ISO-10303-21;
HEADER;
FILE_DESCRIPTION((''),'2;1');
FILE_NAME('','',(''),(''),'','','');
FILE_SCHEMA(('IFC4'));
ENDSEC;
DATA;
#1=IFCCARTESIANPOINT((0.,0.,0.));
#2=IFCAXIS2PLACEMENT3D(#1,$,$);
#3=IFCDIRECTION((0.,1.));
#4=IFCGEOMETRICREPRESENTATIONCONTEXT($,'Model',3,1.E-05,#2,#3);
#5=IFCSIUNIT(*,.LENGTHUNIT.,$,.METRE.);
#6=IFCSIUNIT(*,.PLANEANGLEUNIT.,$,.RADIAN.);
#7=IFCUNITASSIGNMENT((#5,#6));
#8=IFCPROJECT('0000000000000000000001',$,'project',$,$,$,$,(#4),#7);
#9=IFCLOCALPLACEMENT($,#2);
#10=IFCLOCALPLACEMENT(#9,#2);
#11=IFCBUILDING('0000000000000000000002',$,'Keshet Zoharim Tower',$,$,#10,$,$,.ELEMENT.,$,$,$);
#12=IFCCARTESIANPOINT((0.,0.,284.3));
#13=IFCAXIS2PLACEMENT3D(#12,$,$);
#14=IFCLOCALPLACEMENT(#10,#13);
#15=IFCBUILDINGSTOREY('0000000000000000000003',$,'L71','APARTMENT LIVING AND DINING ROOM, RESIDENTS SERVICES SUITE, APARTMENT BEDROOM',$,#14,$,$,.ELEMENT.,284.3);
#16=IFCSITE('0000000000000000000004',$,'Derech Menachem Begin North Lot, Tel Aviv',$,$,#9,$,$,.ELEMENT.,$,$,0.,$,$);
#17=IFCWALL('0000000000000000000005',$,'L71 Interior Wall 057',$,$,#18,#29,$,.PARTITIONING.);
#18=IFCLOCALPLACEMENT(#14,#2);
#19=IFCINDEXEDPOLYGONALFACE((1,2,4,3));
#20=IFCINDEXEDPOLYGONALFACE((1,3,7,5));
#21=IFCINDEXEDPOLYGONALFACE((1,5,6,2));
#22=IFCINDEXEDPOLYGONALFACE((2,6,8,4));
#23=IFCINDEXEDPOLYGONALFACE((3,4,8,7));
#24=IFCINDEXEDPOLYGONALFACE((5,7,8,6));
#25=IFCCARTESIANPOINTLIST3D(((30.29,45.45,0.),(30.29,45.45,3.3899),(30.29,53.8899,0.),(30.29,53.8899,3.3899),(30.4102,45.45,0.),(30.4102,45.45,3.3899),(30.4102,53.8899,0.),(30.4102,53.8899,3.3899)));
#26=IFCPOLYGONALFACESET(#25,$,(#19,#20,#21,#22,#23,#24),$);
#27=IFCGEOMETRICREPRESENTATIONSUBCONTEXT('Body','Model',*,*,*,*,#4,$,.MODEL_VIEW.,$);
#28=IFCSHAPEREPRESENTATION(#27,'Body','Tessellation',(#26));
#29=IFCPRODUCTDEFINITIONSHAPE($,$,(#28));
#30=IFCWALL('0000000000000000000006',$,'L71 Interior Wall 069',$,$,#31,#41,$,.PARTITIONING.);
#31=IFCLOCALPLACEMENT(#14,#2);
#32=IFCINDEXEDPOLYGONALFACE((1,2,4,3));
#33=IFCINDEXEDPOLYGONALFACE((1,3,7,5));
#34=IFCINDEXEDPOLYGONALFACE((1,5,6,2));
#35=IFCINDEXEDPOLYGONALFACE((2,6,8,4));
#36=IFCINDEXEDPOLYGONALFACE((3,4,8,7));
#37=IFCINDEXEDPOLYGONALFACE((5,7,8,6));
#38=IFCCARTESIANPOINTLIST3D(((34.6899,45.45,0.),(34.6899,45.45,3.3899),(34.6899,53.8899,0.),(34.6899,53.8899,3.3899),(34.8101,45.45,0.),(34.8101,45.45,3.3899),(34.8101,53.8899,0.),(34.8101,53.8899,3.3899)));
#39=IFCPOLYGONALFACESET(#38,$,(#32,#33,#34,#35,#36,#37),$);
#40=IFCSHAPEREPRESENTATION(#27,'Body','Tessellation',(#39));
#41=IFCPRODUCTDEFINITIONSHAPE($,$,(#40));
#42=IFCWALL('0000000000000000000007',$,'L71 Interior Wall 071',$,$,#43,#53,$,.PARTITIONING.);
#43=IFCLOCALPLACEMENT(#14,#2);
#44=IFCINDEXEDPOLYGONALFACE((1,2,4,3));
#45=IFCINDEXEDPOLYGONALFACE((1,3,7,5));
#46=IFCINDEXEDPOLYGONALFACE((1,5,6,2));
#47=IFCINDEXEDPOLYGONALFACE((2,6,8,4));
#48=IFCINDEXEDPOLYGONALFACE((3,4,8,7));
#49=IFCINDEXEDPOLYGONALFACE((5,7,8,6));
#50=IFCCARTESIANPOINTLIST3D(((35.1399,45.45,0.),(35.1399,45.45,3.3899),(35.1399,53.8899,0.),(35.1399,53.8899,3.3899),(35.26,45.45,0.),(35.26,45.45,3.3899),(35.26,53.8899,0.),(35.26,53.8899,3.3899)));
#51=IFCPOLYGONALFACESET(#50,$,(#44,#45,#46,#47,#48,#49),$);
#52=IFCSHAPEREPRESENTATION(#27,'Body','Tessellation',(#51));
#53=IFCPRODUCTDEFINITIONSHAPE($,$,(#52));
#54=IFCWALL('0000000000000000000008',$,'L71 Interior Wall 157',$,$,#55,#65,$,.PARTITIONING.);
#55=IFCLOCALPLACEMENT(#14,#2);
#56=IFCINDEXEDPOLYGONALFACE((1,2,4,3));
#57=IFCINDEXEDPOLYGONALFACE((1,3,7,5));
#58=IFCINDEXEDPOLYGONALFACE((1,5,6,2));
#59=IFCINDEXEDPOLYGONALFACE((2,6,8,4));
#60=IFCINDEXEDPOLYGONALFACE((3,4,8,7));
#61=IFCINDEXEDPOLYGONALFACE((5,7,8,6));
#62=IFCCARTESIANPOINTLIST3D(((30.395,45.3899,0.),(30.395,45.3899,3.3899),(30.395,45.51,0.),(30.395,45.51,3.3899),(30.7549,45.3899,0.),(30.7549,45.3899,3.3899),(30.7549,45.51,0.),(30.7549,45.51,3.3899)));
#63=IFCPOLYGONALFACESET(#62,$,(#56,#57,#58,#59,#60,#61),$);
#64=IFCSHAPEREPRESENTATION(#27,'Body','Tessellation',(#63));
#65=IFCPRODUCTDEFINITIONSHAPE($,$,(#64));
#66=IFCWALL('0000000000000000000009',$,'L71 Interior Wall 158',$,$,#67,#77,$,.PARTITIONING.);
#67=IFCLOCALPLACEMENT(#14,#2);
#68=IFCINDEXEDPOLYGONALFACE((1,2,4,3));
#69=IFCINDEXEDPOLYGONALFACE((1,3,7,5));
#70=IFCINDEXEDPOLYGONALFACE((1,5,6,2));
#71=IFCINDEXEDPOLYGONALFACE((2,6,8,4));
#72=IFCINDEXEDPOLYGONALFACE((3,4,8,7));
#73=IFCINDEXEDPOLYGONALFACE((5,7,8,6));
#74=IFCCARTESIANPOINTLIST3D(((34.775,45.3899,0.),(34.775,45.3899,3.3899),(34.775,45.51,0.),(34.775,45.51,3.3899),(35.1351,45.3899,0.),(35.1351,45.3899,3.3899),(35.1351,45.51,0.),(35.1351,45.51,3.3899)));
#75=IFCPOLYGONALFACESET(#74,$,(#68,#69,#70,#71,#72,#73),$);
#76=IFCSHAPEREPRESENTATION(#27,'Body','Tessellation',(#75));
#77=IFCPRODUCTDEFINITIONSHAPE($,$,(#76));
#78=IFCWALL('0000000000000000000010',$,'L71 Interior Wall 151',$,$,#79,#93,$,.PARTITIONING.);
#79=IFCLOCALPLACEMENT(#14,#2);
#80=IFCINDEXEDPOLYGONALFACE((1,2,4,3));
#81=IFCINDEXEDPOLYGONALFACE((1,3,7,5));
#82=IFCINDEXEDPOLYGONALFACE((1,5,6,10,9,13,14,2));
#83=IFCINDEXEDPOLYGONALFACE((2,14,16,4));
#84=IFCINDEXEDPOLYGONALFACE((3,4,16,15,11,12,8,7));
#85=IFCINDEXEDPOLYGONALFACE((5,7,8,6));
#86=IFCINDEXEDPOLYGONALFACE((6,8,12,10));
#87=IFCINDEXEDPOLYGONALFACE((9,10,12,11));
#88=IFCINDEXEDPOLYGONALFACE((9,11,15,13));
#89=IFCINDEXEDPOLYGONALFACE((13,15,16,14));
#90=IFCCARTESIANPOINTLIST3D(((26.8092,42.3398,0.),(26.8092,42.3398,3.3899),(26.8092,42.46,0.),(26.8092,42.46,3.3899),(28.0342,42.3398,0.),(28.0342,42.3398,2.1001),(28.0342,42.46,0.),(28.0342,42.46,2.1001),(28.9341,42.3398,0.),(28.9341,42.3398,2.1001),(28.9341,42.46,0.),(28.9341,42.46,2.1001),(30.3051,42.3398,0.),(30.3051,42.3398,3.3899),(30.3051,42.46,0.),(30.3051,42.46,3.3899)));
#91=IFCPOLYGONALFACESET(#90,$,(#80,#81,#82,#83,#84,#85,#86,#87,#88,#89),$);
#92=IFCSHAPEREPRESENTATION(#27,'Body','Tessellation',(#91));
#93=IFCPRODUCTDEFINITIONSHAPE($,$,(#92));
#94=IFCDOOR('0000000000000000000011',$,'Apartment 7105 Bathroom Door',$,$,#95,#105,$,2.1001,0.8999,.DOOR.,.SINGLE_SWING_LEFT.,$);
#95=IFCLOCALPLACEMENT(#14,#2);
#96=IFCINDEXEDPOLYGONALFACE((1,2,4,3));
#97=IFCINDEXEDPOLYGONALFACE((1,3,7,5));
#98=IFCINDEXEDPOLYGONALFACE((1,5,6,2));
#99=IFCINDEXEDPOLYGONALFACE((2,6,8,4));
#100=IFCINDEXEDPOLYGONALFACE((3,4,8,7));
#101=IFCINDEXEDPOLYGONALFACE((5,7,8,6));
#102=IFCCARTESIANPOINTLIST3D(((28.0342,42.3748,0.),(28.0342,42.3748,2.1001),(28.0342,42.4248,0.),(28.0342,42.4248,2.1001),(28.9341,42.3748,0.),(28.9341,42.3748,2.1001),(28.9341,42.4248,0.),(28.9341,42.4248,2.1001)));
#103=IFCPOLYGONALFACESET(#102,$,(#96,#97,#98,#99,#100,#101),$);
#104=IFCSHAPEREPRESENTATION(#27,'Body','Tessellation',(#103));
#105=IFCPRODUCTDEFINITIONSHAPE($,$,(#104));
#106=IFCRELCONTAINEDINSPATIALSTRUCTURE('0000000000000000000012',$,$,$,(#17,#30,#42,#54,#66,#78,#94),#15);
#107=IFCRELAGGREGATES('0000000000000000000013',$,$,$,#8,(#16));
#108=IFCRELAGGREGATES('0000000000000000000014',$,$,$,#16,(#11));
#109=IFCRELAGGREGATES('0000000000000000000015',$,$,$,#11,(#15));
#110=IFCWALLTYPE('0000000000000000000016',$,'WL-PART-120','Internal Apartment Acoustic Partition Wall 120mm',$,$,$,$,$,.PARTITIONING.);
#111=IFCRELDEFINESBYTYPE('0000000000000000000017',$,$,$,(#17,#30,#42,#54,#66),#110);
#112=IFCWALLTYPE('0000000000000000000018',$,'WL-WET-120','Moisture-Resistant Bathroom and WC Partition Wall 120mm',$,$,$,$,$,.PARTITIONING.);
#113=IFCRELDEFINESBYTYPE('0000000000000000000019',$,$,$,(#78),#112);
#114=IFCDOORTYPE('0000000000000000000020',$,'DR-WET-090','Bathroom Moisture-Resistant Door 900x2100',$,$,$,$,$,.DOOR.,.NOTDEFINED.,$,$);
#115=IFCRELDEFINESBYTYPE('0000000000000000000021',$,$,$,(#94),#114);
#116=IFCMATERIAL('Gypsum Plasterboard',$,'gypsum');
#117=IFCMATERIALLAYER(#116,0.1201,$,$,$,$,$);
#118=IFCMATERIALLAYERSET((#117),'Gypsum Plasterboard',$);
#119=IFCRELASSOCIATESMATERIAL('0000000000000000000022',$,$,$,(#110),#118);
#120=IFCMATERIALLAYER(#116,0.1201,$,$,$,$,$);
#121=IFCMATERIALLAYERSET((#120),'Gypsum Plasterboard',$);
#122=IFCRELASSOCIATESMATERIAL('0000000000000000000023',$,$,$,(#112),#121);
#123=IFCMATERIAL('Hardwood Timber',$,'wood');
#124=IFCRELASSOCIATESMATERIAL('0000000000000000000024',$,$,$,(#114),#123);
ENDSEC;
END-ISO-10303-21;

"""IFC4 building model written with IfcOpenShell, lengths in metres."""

from ifc_helpers import new_model, si_unit, direction, frame, frame_2d, origin, place, context, subcontext, project, spatial, rectangle, extrude, material, layer, layer_set, type_object, element, fill, save


model = new_model("IFC4")

# Units and contexts
model_context = context("Model", 3, precision=1e-05, world=origin(), true_north=direction((0.0, 1.0)))
body_context = subcontext(model_context, "Body", "Model", "MODEL_VIEW")
ifc_project = project(units=[si_unit("LENGTHUNIT", "METRE"), si_unit("PLANEANGLEUNIT", "RADIAN")], contexts=[model_context])

# Site, building, storey
site_placement = place(None, origin())
site = spatial("IfcSite", under=ifc_project, at=site_placement, Name="Derech Menachem Begin North Lot, Tel Aviv", CompositionType="ELEMENT", RefElevation=0.0)
building_placement = place(site_placement, origin())
building = spatial("IfcBuilding", under=site, at=building_placement, Name="Keshet Zoharim Tower", CompositionType="ELEMENT")
storey_placement = place(building_placement, frame((0.0, 0.0, 284.3)))
storey = spatial("IfcBuildingStorey", under=building, at=storey_placement, Name="L71", Description="APARTMENT LIVING AND DINING ROOM, RESIDENTS SERVICES SUITE, APARTMENT BEDROOM", CompositionType="ELEMENT", Elevation=284.3)

# Walls
ifc_material_1 = material(Name="Gypsum Plasterboard", Category="gypsum")
ifc_layer_1 = layer(ifc_material_1, 0.1201)
ifc_layer_set_1 = layer_set([ifc_layer_1], Name="Gypsum Plasterboard")
wall_type_1 = type_object("IfcWallType", Name="WL-PART-120", Description="Internal Apartment Acoustic Partition Wall 120mm", PredefinedType="PARTITIONING", material=ifc_layer_set_1)
for number, where, z_axis, x_axis, name in (
    (1, (30.3501, 45.45, 0.0), (0.0, 0.0, 1.0), (0.0, 1.0, 0.0), "L71 Interior Wall 057"),
    (2, (34.75, 45.45, 0.0), (0.0, 0.0, 1.0), (0.0, 1.0, 0.0), "L71 Interior Wall 069"),
    (3, (35.2, 45.45, 0.0), (0.0, 0.0, 1.0), (0.0, 1.0, 0.0), "L71 Interior Wall 071"),
):
    element("IfcWall", number, at=place(storey_placement, frame(where, z_axis=z_axis, x_axis=x_axis)), inside=storey, type_object=wall_type_1, Name=name, PredefinedType="PARTITIONING", context=body_context, shape_type="SweptSolid", body=[
        extrude(rectangle(XDim=8.4399, YDim=0.1201, at=frame_2d((4.22, 0.0))), origin(), (0.0, 0.0, 1.0), 3.3899),
    ])

# Shared definitions
ifc_material_2 = material(Name="Hardwood Timber", Category="wood")

# Walls
wall_1_placement = place(storey_placement, frame((30.395, 45.45, 0.0), z_axis=(0.0, 0.0, 1.0), x_axis=(1.0, 0.0, 0.0)))
element("IfcWall", 4, at=wall_1_placement, inside=storey, type_object=wall_type_1, Name="L71 Interior Wall 157", PredefinedType="PARTITIONING", context=body_context, shape_type="SweptSolid", body=[
    extrude(rectangle(XDim=0.3599, YDim=0.1201, at=frame_2d((0.1799, 0.0))), origin(), (0.0, 0.0, 1.0), 3.3899),
])
wall_2_placement = place(storey_placement, frame((34.7749, 45.45, 0.0), z_axis=(0.0, 0.0, 1.0), x_axis=(1.0, 0.0, 0.0)))
element("IfcWall", 5, at=wall_2_placement, inside=storey, type_object=wall_type_1, Name="L71 Interior Wall 158", PredefinedType="PARTITIONING", context=body_context, shape_type="SweptSolid", body=[
    extrude(rectangle(XDim=0.3601, YDim=0.1201, at=frame_2d((0.1802, 0.0))), origin(), (0.0, 0.0, 1.0), 3.3899),
])

# Wall, opening, door
ifc_layer_2 = layer(ifc_material_1, 0.1201)
ifc_layer_set_2 = layer_set([ifc_layer_2], Name="Gypsum Plasterboard")
wall_type_2 = type_object("IfcWallType", Name="WL-WET-120", Description="Moisture-Resistant Bathroom and WC Partition Wall 120mm", PredefinedType="PARTITIONING", material=ifc_layer_set_2)
wall_3_placement = place(storey_placement, frame((26.8091, 42.3999, 0.0), z_axis=(0.0, 0.0, 1.0), x_axis=(1.0, 0.0, 0.0)))
wall_3 = element("IfcWall", 6, at=wall_3_placement, inside=storey, type_object=wall_type_2, Name="L71 Interior Wall 151", PredefinedType="PARTITIONING", context=body_context, shape_type="SweptSolid", body=[
    extrude(rectangle(XDim=3.4958, YDim=0.1201, at=frame_2d((1.748, 0.0))), origin(), (0.0, 0.0, 1.0), 3.3899),
])
opening_1_placement = place(wall_3_placement, frame((1.2251, 0.0, 0.0)))
opening_1 = element("IfcOpeningElement", 7, at=opening_1_placement, cuts=wall_3, PredefinedType="OPENING", context=body_context, shape_type="SweptSolid", body=[
    extrude(rectangle(XDim=0.8999, YDim=2.1001, at=frame_2d((0.45, 1.05))), frame((0.0, 0.0701, 0.0), z_axis=(0.0, -1.0, 0.0), x_axis=(1.0, 0.0, 0.0)), (0.0, 0.0, 1.0), 0.1401),
])
door_type_1 = type_object("IfcDoorType", Name="DR-WET-090", Description="Bathroom Moisture-Resistant Door 900x2100", OperationType="NOTDEFINED", PredefinedType="DOOR", material=ifc_material_2)
door_1_placement = place(opening_1_placement, origin())
door_1 = element("IfcDoor", 8, at=door_1_placement, inside=storey, type_object=door_type_1, Name="Apartment 7105 Bathroom Door", OperationType="SINGLE_SWING_LEFT", OverallHeight=2.1001, OverallWidth=0.8999, PredefinedType="DOOR", context=body_context, shape_type="SweptSolid", body=[
    extrude(rectangle(XDim=0.8999, YDim=2.1001, at=frame_2d((0.45, 1.05))), frame((0.0, 0.0249, 0.0), z_axis=(0.0, -1.0, 0.0), x_axis=(1.0, 0.0, 0.0)), (0.0, 0.0, 1.0), 0.05),
])
fill(opening_1, door_1)

save(model, "model.ifc")
